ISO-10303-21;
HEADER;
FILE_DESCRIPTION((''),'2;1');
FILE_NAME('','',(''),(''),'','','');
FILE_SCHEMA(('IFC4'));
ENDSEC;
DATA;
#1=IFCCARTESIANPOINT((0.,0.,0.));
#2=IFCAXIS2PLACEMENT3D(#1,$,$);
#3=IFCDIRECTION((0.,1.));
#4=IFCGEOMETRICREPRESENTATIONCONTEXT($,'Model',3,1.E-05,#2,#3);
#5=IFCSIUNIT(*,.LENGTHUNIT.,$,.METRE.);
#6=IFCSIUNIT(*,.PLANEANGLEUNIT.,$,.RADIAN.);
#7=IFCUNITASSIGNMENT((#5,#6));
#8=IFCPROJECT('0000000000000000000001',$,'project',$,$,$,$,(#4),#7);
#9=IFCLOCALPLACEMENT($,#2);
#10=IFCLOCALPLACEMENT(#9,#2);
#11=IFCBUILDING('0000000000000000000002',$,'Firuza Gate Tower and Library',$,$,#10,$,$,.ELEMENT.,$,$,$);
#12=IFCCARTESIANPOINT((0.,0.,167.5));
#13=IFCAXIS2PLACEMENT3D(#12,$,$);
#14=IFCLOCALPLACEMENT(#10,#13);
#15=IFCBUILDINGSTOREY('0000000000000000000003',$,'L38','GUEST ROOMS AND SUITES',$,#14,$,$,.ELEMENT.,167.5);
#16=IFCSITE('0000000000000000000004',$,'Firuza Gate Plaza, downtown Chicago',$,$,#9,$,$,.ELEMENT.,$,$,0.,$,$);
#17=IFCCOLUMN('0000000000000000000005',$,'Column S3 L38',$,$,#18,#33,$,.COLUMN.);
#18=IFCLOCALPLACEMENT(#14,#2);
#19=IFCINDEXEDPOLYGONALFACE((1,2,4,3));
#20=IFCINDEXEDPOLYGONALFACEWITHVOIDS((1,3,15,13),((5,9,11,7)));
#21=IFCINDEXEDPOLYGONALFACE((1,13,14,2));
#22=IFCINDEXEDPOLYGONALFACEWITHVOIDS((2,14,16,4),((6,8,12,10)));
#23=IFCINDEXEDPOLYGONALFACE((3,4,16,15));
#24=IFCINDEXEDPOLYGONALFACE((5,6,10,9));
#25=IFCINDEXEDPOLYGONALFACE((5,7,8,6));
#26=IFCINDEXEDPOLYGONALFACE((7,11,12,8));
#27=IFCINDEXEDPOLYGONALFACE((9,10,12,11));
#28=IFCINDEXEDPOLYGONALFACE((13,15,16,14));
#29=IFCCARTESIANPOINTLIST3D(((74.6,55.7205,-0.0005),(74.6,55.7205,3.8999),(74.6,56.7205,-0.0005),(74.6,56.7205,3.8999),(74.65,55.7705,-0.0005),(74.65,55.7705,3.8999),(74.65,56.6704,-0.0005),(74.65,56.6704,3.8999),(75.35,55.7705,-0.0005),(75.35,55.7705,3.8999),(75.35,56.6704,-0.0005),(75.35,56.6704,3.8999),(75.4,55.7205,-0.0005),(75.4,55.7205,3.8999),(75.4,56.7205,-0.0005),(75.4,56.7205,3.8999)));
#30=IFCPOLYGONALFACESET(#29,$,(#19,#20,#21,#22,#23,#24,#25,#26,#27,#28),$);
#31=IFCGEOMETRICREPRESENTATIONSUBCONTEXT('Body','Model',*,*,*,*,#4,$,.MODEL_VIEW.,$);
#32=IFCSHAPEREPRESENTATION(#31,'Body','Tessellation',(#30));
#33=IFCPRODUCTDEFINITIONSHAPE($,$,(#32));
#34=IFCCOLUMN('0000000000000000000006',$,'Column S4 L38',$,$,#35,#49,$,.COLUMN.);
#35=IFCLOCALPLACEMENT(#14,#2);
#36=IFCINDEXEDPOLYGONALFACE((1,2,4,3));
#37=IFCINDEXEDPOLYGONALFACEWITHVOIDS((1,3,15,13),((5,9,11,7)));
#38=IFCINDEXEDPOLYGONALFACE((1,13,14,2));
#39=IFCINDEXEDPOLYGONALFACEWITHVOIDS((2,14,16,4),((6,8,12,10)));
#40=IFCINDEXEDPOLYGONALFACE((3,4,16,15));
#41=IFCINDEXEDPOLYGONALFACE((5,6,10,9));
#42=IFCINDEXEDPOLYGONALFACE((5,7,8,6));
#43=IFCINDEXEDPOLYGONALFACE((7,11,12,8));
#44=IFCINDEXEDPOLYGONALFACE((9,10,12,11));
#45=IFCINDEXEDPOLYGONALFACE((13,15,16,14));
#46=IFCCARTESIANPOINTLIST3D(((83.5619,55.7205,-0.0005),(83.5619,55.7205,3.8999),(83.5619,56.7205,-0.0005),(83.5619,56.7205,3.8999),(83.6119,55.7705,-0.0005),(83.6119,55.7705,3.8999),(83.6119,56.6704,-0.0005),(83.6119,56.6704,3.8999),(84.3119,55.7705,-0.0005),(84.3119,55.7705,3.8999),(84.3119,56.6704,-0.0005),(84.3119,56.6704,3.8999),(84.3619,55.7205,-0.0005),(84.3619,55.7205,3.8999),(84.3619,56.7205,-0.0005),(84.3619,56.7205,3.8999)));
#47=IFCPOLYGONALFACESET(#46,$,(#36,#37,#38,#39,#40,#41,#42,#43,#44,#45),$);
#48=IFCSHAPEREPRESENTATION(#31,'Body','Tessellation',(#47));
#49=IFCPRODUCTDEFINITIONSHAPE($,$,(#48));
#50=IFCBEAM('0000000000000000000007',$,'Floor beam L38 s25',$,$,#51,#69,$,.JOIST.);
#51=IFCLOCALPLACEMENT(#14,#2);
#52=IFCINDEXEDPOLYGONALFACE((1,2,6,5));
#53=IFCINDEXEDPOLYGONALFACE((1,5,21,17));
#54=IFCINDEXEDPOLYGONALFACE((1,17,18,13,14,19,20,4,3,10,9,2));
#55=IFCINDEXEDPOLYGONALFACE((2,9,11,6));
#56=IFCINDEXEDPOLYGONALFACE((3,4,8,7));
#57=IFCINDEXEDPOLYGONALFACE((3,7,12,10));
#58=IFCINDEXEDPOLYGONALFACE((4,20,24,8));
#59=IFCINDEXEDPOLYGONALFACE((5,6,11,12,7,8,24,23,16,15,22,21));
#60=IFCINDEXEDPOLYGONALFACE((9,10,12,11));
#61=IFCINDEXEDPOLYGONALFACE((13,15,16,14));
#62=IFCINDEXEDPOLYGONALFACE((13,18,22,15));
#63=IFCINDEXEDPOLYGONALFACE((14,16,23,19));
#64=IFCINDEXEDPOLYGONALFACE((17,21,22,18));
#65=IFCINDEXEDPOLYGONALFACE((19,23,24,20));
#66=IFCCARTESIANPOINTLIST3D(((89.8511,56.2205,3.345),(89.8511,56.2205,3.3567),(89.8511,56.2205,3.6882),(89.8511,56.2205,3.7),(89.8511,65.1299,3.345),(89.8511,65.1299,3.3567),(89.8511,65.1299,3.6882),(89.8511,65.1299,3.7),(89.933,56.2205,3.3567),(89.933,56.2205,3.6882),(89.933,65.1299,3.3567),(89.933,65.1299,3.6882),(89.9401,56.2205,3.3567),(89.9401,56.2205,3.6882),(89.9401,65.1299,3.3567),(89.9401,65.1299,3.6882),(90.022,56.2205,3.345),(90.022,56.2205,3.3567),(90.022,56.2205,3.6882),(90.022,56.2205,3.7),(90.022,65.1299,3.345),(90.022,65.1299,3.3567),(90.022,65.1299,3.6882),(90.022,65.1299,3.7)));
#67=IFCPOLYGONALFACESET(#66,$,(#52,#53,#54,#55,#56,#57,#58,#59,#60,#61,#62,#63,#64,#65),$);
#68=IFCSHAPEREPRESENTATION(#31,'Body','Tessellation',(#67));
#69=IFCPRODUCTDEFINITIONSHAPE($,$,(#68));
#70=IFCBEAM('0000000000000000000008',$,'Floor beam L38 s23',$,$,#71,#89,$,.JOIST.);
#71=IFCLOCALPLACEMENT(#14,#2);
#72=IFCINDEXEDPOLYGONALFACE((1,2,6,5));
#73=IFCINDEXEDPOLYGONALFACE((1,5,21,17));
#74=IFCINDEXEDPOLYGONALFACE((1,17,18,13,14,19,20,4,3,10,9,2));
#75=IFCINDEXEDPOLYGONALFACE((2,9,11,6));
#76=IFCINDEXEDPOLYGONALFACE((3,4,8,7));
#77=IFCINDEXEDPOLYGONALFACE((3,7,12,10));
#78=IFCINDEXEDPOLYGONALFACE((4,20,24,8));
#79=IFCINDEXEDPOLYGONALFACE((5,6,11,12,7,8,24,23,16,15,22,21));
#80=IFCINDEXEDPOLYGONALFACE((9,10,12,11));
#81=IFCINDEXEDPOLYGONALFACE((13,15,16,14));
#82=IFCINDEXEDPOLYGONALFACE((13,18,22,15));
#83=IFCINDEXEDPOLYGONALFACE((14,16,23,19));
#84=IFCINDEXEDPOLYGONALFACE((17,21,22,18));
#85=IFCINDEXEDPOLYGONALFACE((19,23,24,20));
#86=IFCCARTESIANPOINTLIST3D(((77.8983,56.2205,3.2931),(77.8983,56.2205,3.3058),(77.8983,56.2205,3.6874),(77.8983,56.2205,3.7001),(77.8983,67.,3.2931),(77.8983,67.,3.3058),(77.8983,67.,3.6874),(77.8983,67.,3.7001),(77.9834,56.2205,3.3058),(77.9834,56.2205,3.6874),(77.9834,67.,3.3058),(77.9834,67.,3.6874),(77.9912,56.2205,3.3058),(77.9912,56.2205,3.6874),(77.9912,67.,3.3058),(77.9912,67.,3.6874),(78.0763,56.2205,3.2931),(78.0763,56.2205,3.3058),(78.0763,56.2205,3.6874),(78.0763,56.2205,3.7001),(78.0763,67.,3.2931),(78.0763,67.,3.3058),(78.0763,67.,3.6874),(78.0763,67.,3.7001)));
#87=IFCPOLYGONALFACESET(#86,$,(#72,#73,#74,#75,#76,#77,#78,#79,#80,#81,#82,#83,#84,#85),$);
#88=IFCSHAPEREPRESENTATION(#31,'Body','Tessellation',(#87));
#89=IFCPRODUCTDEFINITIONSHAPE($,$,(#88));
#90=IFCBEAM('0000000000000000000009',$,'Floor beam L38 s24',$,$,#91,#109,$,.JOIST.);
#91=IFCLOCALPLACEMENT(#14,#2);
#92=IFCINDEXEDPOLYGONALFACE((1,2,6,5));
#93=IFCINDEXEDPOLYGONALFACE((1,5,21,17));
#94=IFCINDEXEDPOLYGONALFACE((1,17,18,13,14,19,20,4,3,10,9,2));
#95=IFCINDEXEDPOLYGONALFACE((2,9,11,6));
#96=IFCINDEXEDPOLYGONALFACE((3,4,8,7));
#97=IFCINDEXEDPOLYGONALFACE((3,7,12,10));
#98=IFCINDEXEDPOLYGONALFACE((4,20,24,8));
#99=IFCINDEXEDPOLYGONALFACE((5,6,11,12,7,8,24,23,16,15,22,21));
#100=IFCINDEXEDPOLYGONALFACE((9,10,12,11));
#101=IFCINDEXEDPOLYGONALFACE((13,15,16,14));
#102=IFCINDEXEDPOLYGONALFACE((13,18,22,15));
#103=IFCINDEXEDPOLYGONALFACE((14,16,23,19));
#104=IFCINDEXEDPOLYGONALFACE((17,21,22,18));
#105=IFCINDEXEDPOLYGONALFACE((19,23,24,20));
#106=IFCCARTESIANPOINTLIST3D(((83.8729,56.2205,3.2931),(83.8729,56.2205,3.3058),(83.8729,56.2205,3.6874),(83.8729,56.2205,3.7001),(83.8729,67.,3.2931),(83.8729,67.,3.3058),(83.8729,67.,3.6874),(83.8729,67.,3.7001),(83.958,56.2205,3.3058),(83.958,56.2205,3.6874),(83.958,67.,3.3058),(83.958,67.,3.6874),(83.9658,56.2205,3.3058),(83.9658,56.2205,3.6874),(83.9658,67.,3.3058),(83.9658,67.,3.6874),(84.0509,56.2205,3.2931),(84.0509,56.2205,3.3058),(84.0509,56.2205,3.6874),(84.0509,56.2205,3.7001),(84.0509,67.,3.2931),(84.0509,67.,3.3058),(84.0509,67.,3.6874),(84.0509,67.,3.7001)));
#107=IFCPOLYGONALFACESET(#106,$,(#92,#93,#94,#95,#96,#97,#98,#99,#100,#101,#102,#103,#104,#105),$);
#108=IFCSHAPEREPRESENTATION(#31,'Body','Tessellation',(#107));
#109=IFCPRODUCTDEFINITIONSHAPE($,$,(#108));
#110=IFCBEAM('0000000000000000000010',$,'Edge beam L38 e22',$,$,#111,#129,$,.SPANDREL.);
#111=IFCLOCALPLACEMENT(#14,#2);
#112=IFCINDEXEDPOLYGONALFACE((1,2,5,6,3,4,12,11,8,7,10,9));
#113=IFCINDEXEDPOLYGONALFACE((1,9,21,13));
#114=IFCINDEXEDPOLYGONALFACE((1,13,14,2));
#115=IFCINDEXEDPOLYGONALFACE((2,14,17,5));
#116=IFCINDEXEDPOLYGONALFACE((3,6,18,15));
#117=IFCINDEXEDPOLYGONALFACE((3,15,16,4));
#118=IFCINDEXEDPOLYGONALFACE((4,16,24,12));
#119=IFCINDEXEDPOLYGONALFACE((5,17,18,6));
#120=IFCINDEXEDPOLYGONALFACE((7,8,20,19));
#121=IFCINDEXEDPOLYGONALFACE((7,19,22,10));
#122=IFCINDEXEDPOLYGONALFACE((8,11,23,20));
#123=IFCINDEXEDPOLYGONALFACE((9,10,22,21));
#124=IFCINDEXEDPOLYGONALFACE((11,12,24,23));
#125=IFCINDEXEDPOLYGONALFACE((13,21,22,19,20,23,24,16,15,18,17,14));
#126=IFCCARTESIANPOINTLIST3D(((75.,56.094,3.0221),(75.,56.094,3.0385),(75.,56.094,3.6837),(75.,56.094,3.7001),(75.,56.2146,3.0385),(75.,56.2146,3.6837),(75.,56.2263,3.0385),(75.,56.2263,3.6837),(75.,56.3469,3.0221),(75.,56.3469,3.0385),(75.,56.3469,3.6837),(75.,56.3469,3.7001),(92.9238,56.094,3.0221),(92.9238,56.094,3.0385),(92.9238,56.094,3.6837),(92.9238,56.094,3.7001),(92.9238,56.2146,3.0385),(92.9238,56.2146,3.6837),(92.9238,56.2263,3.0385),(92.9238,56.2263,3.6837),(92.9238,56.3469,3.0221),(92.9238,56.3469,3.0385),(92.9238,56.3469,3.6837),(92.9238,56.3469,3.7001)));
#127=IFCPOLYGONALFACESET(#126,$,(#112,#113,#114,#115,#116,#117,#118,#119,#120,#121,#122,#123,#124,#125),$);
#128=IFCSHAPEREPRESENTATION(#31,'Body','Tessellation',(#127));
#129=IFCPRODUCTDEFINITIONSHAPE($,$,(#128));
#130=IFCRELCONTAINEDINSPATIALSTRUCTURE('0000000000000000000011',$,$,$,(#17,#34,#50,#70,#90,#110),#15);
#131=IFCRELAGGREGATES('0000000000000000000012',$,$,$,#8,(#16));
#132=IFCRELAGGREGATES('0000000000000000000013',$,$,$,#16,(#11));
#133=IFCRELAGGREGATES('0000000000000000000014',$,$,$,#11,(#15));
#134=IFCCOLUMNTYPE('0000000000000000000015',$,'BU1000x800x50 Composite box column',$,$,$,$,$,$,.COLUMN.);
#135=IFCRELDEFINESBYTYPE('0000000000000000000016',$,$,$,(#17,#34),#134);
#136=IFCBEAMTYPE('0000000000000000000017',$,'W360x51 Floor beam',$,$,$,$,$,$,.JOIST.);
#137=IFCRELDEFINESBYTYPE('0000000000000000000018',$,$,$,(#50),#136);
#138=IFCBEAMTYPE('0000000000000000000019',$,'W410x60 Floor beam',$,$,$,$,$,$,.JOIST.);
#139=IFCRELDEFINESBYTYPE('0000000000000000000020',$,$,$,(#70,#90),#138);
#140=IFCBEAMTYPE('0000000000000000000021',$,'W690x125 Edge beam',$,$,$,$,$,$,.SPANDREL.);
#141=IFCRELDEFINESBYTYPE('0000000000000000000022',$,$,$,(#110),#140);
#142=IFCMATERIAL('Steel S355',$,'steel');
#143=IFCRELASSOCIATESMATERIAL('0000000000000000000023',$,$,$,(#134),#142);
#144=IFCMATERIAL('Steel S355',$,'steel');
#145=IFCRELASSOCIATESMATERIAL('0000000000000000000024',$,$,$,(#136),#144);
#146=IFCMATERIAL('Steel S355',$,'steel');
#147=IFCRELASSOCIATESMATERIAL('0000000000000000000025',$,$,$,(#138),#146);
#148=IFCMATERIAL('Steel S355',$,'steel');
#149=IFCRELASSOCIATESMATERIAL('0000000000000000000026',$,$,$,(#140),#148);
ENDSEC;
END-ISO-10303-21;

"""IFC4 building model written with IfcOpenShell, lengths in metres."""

from ifc_helpers import new_model, si_unit, direction, frame, origin, origin_2d, place, context, subcontext, project, spatial, hollow_rectangle, i_section, extrude, material, material_profile, profile_set, type_object, element, save


model = new_model("IFC4")

# Units and contexts
model_context = context("Model", 3, precision=1e-05, world=origin(), true_north=direction((0.0, 1.0)))
body_context = subcontext(model_context, "Body", "Model", "MODEL_VIEW")
ifc_project = project(units=[si_unit("LENGTHUNIT", "METRE"), si_unit("PLANEANGLEUNIT", "RADIAN")], contexts=[model_context])

# Site, building, storey
site_placement = place(None, origin())
site = spatial("IfcSite", under=ifc_project, at=site_placement, Name="Firuza Gate Plaza, downtown Chicago", CompositionType="ELEMENT", RefElevation=0.0)
building_placement = place(site_placement, origin())
building = spatial("IfcBuilding", under=site, at=building_placement, Name="Firuza Gate Tower and Library", CompositionType="ELEMENT")
storey_placement = place(building_placement, frame((0.0, 0.0, 167.5)))
storey = spatial("IfcBuildingStorey", under=building, at=storey_placement, Name="L38", Description="GUEST ROOMS AND SUITES", CompositionType="ELEMENT", Elevation=167.5)

# Columns
ifc_material_1 = material(Name="Steel S355", Category="steel")
ifc_material_profile_1 = material_profile(ifc_material_1, hollow_rectangle(XDim=0.8, YDim=1.0, WallThickness=0.05, at=origin_2d()))
ifc_profile_set_1 = profile_set([ifc_material_profile_1], Name="Steel S355")
column_type = type_object("IfcColumnType", Name="BU1000x800x50 Composite box column", PredefinedType="COLUMN", material=ifc_profile_set_1)
for number, where, z_axis, x_axis, name in (
    (1, (75.0, 56.2205, -0.0005), (0.0, 0.0, 1.0), (1.0, 0.0, 0.0), "Column S3 L38"),
    (2, (83.9619, 56.2205, -0.0005), (0.0, 0.0, 1.0), (1.0, 0.0, 0.0), "Column S4 L38"),
):
    element("IfcColumn", number, at=place(storey_placement, frame(where, z_axis=z_axis, x_axis=x_axis)), inside=storey, type_object=column_type, Name=name, PredefinedType="COLUMN", context=body_context, shape_type="SweptSolid", body=[
        extrude(hollow_rectangle(XDim=0.8, YDim=1.0, WallThickness=0.05, at=origin_2d()), origin(), (0.0, 0.0, 1.0), 3.9004),
    ])

# Beams
ifc_material_2 = material(Name="Steel S355", Category="steel")
ifc_material_profile_2 = material_profile(ifc_material_2, i_section(OverallWidth=0.1709, OverallDepth=0.355, WebThickness=0.0071, FlangeThickness=0.0117, at=origin_2d()))
ifc_profile_set_2 = profile_set([ifc_material_profile_2], Name="Steel S355")
beam_type_1 = type_object("IfcBeamType", Name="W360x51 Floor beam", PredefinedType="JOIST", material=ifc_profile_set_2)
beam_1_placement = place(storey_placement, frame((89.9365, 56.2205, 3.5225), z_axis=(0.0, 1.0, 0.0), x_axis=(-1.0, 0.0, 0.0)))
element("IfcBeam", 3, at=beam_1_placement, inside=storey, type_object=beam_type_1, Name="Floor beam L38 s25", PredefinedType="JOIST", context=body_context, shape_type="SweptSolid", body=[
    extrude(i_section(OverallWidth=0.1709, OverallDepth=0.355, WebThickness=0.0071, FlangeThickness=0.0117, at=origin_2d()), origin(), (0.0, 0.0, 1.0), 8.9094),
])
ifc_material_3 = material(Name="Steel S355", Category="steel")
ifc_material_profile_3 = material_profile(ifc_material_3, i_section(OverallWidth=0.178, OverallDepth=0.407, WebThickness=0.0078, FlangeThickness=0.0127, at=origin_2d()))
ifc_profile_set_3 = profile_set([ifc_material_profile_3], Name="Steel S355")
beam_type_2 = type_object("IfcBeamType", Name="W410x60 Floor beam", PredefinedType="JOIST", material=ifc_profile_set_3)
for number, where, z_axis, x_axis, name in (
    (4, (77.9873, 56.2205, 3.4966), (0.0, 1.0, 0.0), (-1.0, 0.0, 0.0), "Floor beam L38 s23"),
    (5, (83.9619, 56.2205, 3.4966), (0.0, 1.0, 0.0), (-1.0, 0.0, 0.0), "Floor beam L38 s24"),
):
    element("IfcBeam", number, at=place(storey_placement, frame(where, z_axis=z_axis, x_axis=x_axis)), inside=storey, type_object=beam_type_2, Name=name, PredefinedType="JOIST", context=body_context, shape_type="SweptSolid", body=[
        extrude(i_section(OverallWidth=0.178, OverallDepth=0.407, WebThickness=0.0078, FlangeThickness=0.0127, at=origin_2d()), origin(), (0.0, 0.0, 1.0), 10.7795),
    ])
ifc_material_4 = material(Name="Steel S355", Category="steel")
ifc_material_profile_4 = material_profile(ifc_material_4, i_section(OverallWidth=0.2529, OverallDepth=0.678, WebThickness=0.0117, FlangeThickness=0.0164, at=origin_2d()))
ifc_profile_set_4 = profile_set([ifc_material_profile_4], Name="Steel S355")
beam_type_3 = type_object("IfcBeamType", Name="W690x125 Edge beam", PredefinedType="SPANDREL", material=ifc_profile_set_4)
beam_2_placement = place(storey_placement, frame((75.0, 56.2205, 3.3611), z_axis=(1.0, 0.0, 0.0), x_axis=(0.0, 1.0, 0.0)))
element("IfcBeam", 6, at=beam_2_placement, inside=storey, type_object=beam_type_3, Name="Edge beam L38 e22", PredefinedType="SPANDREL", context=body_context, shape_type="SweptSolid", body=[
    extrude(i_section(OverallWidth=0.2529, OverallDepth=0.678, WebThickness=0.0117, FlangeThickness=0.0164, at=origin_2d()), origin(), (0.0, 0.0, 1.0), 17.9238),
])

save(model, "model.ifc")
